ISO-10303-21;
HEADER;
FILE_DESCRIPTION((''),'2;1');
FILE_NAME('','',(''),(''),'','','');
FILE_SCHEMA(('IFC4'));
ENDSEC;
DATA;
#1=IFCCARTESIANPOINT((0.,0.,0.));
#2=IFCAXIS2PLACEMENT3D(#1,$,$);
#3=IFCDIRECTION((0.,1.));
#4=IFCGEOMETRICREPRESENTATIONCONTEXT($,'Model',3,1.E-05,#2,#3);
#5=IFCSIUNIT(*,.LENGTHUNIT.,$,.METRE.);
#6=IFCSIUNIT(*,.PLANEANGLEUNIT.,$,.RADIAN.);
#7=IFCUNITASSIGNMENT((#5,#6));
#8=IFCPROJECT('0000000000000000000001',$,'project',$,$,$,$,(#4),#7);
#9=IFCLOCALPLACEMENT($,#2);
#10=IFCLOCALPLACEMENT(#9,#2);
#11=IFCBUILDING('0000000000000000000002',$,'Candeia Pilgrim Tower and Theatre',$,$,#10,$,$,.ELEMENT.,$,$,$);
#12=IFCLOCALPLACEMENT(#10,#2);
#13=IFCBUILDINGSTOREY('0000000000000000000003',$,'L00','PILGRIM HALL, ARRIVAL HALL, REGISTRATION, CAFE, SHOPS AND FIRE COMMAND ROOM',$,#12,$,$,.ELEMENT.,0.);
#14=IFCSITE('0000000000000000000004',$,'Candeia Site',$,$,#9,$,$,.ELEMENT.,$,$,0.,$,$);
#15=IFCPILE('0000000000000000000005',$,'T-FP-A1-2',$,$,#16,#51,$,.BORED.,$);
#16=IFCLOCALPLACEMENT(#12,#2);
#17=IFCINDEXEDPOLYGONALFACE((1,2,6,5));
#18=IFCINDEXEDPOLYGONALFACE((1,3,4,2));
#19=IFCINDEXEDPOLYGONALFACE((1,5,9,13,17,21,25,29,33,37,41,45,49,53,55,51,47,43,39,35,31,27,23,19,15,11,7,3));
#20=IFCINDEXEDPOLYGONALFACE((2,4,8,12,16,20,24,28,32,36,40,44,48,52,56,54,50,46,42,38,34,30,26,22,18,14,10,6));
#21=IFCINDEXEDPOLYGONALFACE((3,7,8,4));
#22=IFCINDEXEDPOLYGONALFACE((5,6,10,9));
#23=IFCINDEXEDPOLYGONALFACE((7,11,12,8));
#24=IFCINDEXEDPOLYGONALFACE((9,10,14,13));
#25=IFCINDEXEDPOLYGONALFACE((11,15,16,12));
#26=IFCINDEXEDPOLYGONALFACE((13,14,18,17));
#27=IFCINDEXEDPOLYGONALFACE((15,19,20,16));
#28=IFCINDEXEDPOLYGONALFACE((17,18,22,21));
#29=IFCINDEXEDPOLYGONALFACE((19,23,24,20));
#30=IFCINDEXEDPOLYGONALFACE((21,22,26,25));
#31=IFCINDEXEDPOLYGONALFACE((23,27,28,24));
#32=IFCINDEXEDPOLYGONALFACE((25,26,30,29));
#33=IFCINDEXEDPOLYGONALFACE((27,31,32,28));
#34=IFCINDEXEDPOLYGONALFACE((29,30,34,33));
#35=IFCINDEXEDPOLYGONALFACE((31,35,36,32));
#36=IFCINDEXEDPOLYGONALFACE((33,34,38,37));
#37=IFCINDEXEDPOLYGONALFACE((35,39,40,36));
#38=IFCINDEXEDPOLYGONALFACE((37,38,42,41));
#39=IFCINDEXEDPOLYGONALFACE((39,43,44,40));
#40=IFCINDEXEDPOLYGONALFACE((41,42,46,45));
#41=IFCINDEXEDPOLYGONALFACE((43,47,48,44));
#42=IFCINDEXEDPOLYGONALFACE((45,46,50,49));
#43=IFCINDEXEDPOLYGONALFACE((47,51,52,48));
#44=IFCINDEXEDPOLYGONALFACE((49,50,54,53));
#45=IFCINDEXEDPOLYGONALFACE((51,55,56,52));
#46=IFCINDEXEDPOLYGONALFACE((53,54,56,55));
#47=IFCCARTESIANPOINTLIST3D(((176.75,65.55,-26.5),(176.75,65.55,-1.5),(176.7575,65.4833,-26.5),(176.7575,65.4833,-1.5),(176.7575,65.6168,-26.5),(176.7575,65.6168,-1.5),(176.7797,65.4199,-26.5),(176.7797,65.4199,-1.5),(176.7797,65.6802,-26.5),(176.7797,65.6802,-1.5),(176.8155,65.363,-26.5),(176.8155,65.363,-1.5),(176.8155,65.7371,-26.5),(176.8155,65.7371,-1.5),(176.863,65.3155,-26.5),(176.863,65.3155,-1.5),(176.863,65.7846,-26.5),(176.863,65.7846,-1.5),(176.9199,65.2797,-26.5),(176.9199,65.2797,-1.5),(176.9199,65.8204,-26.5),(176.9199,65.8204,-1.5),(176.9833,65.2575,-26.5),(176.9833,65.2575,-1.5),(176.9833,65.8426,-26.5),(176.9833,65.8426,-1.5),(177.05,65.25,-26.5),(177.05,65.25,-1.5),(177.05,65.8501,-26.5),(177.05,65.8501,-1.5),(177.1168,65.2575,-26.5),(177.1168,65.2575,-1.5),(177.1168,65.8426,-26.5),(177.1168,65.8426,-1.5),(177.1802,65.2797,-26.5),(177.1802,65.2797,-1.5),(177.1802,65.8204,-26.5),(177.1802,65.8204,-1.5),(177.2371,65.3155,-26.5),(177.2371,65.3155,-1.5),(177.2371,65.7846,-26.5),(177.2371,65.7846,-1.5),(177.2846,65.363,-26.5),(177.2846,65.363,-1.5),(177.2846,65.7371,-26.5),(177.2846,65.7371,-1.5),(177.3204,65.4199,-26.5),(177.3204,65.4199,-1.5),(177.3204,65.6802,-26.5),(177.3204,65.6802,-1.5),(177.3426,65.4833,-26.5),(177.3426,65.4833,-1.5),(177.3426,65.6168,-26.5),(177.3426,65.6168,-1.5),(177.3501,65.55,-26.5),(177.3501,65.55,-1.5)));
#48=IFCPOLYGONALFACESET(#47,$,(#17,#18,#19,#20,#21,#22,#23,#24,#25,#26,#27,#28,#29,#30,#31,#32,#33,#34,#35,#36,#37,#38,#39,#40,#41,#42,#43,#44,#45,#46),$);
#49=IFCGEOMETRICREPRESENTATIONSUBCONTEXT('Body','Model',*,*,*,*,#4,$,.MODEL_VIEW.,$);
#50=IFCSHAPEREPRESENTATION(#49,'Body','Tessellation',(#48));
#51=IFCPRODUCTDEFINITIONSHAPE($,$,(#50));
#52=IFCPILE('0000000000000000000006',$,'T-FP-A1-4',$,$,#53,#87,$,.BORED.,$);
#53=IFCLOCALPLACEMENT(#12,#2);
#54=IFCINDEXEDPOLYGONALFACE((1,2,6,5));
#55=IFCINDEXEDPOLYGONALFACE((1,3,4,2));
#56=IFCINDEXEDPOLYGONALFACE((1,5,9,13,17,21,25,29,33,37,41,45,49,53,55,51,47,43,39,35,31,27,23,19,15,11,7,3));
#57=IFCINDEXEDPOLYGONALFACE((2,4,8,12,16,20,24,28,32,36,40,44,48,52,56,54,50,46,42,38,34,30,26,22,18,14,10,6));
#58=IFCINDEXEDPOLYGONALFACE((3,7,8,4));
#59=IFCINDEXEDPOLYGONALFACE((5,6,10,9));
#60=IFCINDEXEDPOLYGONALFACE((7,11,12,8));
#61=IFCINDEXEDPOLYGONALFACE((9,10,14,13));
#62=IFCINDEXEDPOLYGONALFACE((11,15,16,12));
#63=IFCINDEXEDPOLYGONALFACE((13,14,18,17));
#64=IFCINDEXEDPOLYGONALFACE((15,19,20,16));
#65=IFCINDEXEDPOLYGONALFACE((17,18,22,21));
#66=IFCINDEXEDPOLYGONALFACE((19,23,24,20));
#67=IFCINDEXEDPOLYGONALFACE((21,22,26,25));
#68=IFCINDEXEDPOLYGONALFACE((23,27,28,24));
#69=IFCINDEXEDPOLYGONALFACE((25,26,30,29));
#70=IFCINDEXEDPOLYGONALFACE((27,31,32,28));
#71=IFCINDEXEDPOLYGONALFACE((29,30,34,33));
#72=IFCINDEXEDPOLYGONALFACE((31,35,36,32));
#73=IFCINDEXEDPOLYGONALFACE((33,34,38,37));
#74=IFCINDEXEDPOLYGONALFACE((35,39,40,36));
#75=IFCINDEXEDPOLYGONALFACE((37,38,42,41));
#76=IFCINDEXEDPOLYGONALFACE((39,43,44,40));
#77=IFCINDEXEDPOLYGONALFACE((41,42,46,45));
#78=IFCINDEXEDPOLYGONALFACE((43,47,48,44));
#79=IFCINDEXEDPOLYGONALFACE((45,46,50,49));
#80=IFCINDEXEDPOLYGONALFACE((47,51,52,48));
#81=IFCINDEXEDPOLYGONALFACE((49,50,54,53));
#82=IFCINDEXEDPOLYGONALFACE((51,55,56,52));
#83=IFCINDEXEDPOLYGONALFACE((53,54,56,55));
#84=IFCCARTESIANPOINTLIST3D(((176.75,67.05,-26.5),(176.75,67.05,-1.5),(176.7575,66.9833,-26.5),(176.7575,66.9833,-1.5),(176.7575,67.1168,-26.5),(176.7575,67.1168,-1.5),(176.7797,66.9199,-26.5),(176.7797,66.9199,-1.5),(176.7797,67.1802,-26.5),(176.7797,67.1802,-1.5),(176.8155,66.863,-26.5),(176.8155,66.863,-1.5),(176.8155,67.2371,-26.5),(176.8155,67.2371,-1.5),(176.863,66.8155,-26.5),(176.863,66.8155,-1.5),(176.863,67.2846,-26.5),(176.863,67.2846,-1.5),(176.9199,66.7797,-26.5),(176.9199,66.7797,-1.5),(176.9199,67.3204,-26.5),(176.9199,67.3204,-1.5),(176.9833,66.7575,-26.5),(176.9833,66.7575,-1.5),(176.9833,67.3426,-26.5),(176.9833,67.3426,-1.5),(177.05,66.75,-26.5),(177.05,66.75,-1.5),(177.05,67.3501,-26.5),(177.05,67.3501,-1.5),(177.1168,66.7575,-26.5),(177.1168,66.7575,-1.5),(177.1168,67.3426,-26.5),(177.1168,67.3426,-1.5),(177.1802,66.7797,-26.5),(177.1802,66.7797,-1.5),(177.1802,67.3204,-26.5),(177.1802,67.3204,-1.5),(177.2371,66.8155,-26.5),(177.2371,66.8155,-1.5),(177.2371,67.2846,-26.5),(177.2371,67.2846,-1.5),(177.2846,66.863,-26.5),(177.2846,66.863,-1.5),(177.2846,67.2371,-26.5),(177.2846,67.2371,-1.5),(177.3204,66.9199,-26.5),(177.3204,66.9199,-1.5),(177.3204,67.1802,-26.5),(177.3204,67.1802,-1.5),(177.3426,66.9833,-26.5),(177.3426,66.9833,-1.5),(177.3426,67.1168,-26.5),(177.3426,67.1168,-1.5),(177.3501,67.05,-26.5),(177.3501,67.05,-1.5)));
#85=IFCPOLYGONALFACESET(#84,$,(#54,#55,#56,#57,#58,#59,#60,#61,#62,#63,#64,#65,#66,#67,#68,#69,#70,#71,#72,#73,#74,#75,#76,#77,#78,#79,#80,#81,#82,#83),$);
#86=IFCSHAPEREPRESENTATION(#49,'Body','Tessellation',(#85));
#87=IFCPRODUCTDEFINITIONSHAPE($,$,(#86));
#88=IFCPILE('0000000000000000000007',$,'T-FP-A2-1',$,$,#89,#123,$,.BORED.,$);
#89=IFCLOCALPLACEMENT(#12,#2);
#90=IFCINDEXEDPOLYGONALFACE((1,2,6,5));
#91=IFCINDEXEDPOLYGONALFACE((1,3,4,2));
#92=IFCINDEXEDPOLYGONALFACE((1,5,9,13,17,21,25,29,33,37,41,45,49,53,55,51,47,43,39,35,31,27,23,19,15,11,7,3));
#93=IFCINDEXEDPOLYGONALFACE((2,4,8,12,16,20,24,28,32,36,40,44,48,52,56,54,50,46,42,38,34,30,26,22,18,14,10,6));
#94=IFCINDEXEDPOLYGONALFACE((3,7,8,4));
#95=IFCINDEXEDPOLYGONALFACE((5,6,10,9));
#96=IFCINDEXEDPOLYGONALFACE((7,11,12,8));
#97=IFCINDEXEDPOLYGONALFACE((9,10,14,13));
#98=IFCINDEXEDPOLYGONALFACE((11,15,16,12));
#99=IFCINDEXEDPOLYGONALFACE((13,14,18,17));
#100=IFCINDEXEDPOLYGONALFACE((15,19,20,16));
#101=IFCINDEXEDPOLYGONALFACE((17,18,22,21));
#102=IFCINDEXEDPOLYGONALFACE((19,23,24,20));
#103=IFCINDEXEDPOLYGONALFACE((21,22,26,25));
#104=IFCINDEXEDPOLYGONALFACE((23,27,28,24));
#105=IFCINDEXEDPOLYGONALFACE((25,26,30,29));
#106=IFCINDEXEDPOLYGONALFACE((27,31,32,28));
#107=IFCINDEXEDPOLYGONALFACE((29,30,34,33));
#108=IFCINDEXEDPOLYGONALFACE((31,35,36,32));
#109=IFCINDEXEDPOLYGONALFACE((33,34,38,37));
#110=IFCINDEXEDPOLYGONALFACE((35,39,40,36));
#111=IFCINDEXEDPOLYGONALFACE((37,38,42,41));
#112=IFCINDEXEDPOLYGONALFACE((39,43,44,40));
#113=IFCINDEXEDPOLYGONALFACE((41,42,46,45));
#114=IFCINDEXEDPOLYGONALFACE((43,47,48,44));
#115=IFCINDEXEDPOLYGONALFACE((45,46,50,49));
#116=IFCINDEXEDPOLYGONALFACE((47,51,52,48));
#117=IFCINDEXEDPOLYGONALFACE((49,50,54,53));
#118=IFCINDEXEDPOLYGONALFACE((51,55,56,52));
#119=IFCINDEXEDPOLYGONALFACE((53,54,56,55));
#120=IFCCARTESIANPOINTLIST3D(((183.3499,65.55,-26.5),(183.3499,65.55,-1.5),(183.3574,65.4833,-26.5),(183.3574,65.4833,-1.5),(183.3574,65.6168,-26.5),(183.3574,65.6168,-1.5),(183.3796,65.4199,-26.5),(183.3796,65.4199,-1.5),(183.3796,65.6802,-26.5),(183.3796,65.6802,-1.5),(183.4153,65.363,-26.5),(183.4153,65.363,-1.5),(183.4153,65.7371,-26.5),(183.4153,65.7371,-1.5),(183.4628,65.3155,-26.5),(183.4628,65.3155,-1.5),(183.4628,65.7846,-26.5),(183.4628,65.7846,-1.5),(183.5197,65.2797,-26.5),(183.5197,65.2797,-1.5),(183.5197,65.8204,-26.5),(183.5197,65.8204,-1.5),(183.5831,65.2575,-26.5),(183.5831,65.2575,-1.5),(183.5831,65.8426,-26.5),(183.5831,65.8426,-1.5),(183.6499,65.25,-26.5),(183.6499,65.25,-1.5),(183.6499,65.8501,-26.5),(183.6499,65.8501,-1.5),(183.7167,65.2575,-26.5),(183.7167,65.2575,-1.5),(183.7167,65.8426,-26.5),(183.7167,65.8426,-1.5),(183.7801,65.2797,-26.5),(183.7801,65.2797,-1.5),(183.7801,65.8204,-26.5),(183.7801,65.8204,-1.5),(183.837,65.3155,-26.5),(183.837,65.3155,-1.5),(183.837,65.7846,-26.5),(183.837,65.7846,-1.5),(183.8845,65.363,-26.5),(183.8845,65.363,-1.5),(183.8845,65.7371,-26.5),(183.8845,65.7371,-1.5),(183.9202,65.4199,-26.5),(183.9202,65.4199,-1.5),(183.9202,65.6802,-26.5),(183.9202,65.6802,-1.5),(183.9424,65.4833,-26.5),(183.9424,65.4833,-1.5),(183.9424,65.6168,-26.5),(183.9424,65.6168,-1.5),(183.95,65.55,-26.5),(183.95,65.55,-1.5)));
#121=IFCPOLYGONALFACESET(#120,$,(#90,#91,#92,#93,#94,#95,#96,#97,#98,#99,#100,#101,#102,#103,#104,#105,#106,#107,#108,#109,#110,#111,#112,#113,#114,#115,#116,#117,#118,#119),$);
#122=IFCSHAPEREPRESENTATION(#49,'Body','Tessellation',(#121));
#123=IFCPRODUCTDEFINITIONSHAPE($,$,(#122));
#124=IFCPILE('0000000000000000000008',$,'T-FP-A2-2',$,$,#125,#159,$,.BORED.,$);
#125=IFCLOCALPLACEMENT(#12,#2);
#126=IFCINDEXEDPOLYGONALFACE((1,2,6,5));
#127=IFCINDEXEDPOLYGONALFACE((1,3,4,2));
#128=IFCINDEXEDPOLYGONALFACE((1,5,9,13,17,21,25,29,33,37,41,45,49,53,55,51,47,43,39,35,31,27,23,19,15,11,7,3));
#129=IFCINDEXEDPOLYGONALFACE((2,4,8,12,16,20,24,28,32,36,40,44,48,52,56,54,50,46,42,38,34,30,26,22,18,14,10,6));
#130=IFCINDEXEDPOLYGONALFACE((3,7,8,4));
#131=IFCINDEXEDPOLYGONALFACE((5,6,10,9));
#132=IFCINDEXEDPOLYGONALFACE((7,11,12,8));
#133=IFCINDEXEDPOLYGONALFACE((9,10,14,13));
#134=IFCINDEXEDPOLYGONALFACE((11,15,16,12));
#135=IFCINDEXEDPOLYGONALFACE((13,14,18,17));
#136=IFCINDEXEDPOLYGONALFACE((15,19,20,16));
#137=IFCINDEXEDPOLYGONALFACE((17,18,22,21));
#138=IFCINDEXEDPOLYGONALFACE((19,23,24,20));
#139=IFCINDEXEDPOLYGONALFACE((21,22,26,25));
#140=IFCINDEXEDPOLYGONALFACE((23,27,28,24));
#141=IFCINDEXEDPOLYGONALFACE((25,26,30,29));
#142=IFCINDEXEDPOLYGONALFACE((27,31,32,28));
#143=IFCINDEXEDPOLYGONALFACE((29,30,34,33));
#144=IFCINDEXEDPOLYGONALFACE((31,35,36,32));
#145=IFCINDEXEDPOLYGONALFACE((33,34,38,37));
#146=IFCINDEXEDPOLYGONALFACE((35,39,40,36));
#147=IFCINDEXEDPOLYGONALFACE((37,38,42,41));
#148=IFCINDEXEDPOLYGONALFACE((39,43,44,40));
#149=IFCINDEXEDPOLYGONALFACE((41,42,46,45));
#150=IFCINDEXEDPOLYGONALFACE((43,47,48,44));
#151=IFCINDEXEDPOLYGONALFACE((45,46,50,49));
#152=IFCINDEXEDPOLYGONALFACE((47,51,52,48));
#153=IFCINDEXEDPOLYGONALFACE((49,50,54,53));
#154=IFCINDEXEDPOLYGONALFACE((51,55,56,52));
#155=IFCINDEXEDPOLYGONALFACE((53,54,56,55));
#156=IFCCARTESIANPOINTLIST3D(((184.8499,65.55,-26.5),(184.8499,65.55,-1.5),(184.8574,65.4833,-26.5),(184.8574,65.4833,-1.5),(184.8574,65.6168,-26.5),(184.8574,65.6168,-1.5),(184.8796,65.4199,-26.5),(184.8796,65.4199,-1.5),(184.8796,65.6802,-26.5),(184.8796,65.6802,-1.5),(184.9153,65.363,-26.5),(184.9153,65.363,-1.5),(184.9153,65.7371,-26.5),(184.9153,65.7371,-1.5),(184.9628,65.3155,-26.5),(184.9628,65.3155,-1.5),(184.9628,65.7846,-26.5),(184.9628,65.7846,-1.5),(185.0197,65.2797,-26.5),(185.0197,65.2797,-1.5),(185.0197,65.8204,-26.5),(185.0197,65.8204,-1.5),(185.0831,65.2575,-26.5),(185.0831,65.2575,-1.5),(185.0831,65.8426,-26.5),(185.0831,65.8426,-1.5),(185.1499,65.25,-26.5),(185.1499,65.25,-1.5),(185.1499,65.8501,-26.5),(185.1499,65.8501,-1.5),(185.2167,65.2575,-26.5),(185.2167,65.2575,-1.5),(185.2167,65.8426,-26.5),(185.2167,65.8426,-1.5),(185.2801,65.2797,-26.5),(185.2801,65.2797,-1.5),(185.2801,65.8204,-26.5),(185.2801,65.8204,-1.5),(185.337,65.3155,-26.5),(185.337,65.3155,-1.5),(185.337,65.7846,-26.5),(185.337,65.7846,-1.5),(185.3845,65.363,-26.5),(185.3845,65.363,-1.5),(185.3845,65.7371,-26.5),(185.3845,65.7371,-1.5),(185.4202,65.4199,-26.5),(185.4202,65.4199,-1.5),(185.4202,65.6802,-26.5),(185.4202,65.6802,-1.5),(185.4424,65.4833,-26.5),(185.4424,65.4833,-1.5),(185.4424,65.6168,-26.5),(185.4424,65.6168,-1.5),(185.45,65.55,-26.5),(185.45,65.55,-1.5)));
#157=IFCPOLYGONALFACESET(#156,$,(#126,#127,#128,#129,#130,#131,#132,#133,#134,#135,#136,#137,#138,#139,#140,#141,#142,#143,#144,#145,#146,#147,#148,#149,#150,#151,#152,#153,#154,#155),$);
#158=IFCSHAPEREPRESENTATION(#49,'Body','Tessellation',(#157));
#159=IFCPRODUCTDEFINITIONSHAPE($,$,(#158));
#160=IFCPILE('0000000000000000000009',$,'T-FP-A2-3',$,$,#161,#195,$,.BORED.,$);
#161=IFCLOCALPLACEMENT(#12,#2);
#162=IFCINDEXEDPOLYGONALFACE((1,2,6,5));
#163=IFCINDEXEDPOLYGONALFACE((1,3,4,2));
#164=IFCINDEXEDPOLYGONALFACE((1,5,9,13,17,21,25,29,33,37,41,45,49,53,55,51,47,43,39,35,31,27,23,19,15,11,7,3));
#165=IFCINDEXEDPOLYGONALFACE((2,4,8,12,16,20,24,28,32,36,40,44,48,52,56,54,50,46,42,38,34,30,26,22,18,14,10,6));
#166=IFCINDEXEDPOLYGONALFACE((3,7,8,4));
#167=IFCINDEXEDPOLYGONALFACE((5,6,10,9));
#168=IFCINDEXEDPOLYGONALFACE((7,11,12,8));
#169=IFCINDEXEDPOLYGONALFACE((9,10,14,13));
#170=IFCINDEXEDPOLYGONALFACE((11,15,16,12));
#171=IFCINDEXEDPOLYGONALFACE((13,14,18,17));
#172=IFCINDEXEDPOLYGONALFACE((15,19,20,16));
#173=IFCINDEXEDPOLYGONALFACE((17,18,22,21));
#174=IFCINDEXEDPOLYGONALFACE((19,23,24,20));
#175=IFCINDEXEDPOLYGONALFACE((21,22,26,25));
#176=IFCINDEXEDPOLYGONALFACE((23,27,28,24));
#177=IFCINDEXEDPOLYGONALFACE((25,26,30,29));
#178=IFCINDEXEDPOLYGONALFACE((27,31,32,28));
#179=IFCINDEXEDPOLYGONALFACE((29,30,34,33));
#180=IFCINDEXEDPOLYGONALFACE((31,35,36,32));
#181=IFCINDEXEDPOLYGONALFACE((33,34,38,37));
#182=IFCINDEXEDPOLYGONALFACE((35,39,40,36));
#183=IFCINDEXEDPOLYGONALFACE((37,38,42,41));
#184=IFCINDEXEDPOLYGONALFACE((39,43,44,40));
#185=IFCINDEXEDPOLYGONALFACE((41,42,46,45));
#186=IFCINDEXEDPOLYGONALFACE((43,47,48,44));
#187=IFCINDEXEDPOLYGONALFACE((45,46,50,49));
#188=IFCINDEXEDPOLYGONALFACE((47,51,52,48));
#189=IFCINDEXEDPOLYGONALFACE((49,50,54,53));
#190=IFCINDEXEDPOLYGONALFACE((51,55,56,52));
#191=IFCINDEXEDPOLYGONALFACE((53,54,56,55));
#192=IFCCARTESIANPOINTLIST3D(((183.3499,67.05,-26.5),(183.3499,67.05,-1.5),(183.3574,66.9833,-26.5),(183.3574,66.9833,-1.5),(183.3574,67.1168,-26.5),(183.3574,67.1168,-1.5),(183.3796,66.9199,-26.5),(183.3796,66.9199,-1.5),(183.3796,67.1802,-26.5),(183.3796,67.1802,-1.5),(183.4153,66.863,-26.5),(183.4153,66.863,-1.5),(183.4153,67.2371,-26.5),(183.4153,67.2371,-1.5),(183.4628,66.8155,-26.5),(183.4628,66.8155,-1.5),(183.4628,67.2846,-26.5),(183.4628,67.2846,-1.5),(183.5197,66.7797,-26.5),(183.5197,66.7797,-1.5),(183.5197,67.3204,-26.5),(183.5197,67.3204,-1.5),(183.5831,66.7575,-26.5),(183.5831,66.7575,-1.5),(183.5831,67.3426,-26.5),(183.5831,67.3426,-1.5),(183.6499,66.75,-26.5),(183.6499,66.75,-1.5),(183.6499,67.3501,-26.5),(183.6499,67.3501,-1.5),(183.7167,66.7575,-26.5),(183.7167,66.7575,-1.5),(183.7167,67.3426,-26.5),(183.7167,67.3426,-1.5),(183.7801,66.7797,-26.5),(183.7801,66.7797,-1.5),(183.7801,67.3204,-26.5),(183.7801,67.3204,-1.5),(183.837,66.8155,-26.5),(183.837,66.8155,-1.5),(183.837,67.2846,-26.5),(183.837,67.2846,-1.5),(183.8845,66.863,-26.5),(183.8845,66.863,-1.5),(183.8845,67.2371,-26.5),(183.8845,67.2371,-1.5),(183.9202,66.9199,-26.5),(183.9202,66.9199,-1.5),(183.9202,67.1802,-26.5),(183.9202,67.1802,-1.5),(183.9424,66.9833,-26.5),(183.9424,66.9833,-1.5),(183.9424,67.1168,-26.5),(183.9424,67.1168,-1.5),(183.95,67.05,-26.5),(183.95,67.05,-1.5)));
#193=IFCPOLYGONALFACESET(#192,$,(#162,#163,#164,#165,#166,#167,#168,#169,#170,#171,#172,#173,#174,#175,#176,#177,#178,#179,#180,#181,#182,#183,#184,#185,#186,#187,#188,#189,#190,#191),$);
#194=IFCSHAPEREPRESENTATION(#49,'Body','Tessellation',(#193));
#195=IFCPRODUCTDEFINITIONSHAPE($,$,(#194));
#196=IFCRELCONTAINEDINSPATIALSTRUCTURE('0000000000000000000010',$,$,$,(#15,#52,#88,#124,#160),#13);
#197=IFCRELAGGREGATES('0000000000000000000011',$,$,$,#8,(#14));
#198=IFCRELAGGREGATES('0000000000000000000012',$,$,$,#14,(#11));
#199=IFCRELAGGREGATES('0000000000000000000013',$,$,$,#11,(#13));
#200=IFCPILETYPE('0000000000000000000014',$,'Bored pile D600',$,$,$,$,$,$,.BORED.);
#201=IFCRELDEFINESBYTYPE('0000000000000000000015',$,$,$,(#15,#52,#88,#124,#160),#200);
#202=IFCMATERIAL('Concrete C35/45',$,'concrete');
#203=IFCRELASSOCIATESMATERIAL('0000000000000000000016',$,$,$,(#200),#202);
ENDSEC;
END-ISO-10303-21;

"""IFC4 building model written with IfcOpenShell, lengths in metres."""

from ifc_helpers import new_model, si_unit, direction, frame, origin, origin_2d, place, context, subcontext, project, spatial, circle, extrude, material, type_object, element, save


model = new_model("IFC4")

# Units and contexts
model_context = context("Model", 3, precision=1e-05, world=origin(), true_north=direction((0.0, 1.0)))
body_context = subcontext(model_context, "Body", "Model", "MODEL_VIEW")
ifc_project = project(units=[si_unit("LENGTHUNIT", "METRE"), si_unit("PLANEANGLEUNIT", "RADIAN")], contexts=[model_context])

# Site, building, storey
site_placement = place(None, origin())
site = spatial("IfcSite", under=ifc_project, at=site_placement, Name="Candeia Site", CompositionType="ELEMENT", RefElevation=0.0)
building_placement = place(site_placement, origin())
building = spatial("IfcBuilding", under=site, at=building_placement, Name="Candeia Pilgrim Tower and Theatre", CompositionType="ELEMENT")
storey_placement = place(building_placement, origin())
storey = spatial("IfcBuildingStorey", under=building, at=storey_placement, Name="L00", Description="PILGRIM HALL, ARRIVAL HALL, REGISTRATION, CAFE, SHOPS AND FIRE COMMAND ROOM", CompositionType="ELEMENT", Elevation=0.0)

# Piles
ifc_material_1 = material(Name="Concrete C35/45", Category="concrete")
pile_type = type_object("IfcPileType", Name="Bored pile D600", PredefinedType="BORED", material=ifc_material_1)
for number, where, z_axis, x_axis, name in (
    (1, (177.05, 65.55, -1.5), (0.0, 0.0, -1.0), (1.0, 0.0, 0.0), "T-FP-A1-2"),
    (2, (177.05, 67.05, -1.5), (0.0, 0.0, -1.0), (1.0, 0.0, 0.0), "T-FP-A1-4"),
    (3, (183.6499, 65.55, -1.5), (0.0, 0.0, -1.0), (1.0, 0.0, 0.0), "T-FP-A2-1"),
    (4, (185.1499, 65.55, -1.5), (0.0, 0.0, -1.0), (1.0, 0.0, 0.0), "T-FP-A2-2"),
    (5, (183.6499, 67.05, -1.5), (0.0, 0.0, -1.0), (1.0, 0.0, 0.0), "T-FP-A2-3"),
):
    element("IfcPile", number, at=place(storey_placement, frame(where, z_axis=z_axis, x_axis=x_axis)), inside=storey, type_object=pile_type, Name=name, PredefinedType="BORED", context=body_context, shape_type="SweptSolid", body=[
        extrude(circle(Radius=0.3, at=origin_2d()), origin(), (0.0, 0.0, 1.0), 25.0),
    ])

save(model, "model.ifc")
